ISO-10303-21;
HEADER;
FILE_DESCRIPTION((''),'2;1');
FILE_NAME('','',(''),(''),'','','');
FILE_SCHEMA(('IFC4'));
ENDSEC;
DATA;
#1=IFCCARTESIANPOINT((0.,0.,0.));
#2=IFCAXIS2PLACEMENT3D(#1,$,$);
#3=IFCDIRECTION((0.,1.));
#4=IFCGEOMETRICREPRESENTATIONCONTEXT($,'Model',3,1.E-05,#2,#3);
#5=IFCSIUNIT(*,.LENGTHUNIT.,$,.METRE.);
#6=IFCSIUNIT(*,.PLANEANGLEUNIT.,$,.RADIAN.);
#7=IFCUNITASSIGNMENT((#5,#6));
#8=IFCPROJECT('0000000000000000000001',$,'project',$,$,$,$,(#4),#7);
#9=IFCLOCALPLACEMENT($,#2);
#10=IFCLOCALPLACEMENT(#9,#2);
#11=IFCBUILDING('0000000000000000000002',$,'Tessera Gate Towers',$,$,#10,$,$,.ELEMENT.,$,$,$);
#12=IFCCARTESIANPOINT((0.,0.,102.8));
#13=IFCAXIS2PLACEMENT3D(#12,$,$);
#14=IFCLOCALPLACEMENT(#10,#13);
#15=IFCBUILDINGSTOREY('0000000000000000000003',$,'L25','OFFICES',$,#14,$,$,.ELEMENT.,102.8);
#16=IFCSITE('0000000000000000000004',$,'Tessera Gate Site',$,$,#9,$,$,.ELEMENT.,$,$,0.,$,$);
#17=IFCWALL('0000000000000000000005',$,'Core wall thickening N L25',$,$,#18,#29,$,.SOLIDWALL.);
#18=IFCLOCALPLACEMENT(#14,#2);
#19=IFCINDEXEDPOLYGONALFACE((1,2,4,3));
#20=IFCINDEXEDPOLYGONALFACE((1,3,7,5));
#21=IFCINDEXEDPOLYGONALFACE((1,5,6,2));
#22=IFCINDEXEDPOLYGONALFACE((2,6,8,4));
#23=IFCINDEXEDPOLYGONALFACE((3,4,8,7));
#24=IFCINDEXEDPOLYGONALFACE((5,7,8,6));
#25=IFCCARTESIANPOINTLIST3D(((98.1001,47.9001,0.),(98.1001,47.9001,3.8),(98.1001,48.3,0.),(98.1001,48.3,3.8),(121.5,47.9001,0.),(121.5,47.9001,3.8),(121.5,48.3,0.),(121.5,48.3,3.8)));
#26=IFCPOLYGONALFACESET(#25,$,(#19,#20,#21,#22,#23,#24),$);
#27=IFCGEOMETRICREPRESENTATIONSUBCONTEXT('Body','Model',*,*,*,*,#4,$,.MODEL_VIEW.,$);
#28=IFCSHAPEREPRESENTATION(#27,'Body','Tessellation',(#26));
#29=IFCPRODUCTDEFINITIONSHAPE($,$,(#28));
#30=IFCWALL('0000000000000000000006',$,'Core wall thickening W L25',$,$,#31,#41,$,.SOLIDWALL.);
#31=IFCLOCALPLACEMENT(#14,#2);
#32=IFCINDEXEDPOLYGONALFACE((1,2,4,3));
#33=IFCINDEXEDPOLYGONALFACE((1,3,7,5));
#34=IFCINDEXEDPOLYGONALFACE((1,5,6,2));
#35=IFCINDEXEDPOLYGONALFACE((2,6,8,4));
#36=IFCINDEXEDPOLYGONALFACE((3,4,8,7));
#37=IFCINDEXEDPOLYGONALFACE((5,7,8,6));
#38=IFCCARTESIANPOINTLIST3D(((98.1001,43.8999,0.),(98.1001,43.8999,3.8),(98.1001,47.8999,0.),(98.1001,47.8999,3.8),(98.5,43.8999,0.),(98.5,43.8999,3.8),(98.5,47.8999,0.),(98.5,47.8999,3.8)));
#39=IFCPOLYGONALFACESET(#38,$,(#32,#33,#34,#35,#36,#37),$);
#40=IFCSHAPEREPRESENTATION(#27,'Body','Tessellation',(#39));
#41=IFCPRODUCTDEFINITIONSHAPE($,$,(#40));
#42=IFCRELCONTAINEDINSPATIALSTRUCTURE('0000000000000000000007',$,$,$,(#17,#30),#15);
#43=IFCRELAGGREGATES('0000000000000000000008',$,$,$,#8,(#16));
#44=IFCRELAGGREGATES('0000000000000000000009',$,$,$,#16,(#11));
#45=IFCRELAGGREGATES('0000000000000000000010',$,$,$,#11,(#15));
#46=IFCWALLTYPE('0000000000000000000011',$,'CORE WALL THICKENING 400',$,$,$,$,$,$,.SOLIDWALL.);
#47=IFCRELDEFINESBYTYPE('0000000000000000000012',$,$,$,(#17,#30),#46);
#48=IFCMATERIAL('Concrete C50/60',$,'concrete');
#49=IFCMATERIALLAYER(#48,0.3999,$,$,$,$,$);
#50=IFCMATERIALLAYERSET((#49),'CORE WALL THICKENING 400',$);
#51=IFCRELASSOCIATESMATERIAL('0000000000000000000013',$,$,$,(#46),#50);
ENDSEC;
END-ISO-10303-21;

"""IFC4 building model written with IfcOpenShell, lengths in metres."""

from ifc_helpers import new_model, si_unit, direction, frame, frame_2d, origin, place, context, subcontext, project, spatial, rectangle, extrude, material, layer, layer_set, type_object, element, save


model = new_model("IFC4")

# Units and contexts
model_context = context("Model", 3, precision=1e-05, world=origin(), true_north=direction((0.0, 1.0)))
body_context = subcontext(model_context, "Body", "Model", "MODEL_VIEW")
ifc_project = project(units=[si_unit("LENGTHUNIT", "METRE"), si_unit("PLANEANGLEUNIT", "RADIAN")], contexts=[model_context])

# Site, building, storey
site_placement = place(None, origin())
site = spatial("IfcSite", under=ifc_project, at=site_placement, Name="Tessera Gate Site", CompositionType="ELEMENT", RefElevation=0.0)
building_placement = place(site_placement, origin())
building = spatial("IfcBuilding", under=site, at=building_placement, Name="Tessera Gate Towers", CompositionType="ELEMENT")
storey_placement = place(building_placement, frame((0.0, 0.0, 102.8)))
storey = spatial("IfcBuildingStorey", under=building, at=storey_placement, Name="L25", Description="OFFICES", CompositionType="ELEMENT", Elevation=102.8)

# Walls
ifc_material_1 = material(Name="Concrete C50/60", Category="concrete")
ifc_layer_1 = layer(ifc_material_1, 0.3999)
ifc_layer_set_1 = layer_set([ifc_layer_1], Name="CORE WALL THICKENING 400")
wall_type_1 = type_object("IfcWallType", Name="CORE WALL THICKENING 400", PredefinedType="SOLIDWALL", material=ifc_layer_set_1)
wall_1_placement = place(storey_placement, frame((98.1001, 48.1001, 0.0), z_axis=(0.0, 0.0, 1.0), x_axis=(1.0, 0.0, 0.0)))
element("IfcWall", 1, at=wall_1_placement, inside=storey, type_object=wall_type_1, Name="Core wall thickening N L25", PredefinedType="SOLIDWALL", context=body_context, shape_type="SweptSolid", body=[
    extrude(rectangle(XDim=23.3999, YDim=0.3999, at=frame_2d((11.7, 0.0))), origin(), (0.0, 0.0, 1.0), 3.8),
])
wall_2_placement = place(storey_placement, frame((98.3, 43.8999, 0.0), z_axis=(0.0, 0.0, 1.0), x_axis=(0.0, 1.0, 0.0)))
element("IfcWall", 2, at=wall_2_placement, inside=storey, type_object=wall_type_1, Name="Core wall thickening W L25", PredefinedType="SOLIDWALL", context=body_context, shape_type="SweptSolid", body=[
    extrude(rectangle(XDim=4.0, YDim=0.3999, at=frame_2d((2.0, 0.0))), origin(), (0.0, 0.0, 1.0), 3.8),
])

save(model, "model.ifc")
